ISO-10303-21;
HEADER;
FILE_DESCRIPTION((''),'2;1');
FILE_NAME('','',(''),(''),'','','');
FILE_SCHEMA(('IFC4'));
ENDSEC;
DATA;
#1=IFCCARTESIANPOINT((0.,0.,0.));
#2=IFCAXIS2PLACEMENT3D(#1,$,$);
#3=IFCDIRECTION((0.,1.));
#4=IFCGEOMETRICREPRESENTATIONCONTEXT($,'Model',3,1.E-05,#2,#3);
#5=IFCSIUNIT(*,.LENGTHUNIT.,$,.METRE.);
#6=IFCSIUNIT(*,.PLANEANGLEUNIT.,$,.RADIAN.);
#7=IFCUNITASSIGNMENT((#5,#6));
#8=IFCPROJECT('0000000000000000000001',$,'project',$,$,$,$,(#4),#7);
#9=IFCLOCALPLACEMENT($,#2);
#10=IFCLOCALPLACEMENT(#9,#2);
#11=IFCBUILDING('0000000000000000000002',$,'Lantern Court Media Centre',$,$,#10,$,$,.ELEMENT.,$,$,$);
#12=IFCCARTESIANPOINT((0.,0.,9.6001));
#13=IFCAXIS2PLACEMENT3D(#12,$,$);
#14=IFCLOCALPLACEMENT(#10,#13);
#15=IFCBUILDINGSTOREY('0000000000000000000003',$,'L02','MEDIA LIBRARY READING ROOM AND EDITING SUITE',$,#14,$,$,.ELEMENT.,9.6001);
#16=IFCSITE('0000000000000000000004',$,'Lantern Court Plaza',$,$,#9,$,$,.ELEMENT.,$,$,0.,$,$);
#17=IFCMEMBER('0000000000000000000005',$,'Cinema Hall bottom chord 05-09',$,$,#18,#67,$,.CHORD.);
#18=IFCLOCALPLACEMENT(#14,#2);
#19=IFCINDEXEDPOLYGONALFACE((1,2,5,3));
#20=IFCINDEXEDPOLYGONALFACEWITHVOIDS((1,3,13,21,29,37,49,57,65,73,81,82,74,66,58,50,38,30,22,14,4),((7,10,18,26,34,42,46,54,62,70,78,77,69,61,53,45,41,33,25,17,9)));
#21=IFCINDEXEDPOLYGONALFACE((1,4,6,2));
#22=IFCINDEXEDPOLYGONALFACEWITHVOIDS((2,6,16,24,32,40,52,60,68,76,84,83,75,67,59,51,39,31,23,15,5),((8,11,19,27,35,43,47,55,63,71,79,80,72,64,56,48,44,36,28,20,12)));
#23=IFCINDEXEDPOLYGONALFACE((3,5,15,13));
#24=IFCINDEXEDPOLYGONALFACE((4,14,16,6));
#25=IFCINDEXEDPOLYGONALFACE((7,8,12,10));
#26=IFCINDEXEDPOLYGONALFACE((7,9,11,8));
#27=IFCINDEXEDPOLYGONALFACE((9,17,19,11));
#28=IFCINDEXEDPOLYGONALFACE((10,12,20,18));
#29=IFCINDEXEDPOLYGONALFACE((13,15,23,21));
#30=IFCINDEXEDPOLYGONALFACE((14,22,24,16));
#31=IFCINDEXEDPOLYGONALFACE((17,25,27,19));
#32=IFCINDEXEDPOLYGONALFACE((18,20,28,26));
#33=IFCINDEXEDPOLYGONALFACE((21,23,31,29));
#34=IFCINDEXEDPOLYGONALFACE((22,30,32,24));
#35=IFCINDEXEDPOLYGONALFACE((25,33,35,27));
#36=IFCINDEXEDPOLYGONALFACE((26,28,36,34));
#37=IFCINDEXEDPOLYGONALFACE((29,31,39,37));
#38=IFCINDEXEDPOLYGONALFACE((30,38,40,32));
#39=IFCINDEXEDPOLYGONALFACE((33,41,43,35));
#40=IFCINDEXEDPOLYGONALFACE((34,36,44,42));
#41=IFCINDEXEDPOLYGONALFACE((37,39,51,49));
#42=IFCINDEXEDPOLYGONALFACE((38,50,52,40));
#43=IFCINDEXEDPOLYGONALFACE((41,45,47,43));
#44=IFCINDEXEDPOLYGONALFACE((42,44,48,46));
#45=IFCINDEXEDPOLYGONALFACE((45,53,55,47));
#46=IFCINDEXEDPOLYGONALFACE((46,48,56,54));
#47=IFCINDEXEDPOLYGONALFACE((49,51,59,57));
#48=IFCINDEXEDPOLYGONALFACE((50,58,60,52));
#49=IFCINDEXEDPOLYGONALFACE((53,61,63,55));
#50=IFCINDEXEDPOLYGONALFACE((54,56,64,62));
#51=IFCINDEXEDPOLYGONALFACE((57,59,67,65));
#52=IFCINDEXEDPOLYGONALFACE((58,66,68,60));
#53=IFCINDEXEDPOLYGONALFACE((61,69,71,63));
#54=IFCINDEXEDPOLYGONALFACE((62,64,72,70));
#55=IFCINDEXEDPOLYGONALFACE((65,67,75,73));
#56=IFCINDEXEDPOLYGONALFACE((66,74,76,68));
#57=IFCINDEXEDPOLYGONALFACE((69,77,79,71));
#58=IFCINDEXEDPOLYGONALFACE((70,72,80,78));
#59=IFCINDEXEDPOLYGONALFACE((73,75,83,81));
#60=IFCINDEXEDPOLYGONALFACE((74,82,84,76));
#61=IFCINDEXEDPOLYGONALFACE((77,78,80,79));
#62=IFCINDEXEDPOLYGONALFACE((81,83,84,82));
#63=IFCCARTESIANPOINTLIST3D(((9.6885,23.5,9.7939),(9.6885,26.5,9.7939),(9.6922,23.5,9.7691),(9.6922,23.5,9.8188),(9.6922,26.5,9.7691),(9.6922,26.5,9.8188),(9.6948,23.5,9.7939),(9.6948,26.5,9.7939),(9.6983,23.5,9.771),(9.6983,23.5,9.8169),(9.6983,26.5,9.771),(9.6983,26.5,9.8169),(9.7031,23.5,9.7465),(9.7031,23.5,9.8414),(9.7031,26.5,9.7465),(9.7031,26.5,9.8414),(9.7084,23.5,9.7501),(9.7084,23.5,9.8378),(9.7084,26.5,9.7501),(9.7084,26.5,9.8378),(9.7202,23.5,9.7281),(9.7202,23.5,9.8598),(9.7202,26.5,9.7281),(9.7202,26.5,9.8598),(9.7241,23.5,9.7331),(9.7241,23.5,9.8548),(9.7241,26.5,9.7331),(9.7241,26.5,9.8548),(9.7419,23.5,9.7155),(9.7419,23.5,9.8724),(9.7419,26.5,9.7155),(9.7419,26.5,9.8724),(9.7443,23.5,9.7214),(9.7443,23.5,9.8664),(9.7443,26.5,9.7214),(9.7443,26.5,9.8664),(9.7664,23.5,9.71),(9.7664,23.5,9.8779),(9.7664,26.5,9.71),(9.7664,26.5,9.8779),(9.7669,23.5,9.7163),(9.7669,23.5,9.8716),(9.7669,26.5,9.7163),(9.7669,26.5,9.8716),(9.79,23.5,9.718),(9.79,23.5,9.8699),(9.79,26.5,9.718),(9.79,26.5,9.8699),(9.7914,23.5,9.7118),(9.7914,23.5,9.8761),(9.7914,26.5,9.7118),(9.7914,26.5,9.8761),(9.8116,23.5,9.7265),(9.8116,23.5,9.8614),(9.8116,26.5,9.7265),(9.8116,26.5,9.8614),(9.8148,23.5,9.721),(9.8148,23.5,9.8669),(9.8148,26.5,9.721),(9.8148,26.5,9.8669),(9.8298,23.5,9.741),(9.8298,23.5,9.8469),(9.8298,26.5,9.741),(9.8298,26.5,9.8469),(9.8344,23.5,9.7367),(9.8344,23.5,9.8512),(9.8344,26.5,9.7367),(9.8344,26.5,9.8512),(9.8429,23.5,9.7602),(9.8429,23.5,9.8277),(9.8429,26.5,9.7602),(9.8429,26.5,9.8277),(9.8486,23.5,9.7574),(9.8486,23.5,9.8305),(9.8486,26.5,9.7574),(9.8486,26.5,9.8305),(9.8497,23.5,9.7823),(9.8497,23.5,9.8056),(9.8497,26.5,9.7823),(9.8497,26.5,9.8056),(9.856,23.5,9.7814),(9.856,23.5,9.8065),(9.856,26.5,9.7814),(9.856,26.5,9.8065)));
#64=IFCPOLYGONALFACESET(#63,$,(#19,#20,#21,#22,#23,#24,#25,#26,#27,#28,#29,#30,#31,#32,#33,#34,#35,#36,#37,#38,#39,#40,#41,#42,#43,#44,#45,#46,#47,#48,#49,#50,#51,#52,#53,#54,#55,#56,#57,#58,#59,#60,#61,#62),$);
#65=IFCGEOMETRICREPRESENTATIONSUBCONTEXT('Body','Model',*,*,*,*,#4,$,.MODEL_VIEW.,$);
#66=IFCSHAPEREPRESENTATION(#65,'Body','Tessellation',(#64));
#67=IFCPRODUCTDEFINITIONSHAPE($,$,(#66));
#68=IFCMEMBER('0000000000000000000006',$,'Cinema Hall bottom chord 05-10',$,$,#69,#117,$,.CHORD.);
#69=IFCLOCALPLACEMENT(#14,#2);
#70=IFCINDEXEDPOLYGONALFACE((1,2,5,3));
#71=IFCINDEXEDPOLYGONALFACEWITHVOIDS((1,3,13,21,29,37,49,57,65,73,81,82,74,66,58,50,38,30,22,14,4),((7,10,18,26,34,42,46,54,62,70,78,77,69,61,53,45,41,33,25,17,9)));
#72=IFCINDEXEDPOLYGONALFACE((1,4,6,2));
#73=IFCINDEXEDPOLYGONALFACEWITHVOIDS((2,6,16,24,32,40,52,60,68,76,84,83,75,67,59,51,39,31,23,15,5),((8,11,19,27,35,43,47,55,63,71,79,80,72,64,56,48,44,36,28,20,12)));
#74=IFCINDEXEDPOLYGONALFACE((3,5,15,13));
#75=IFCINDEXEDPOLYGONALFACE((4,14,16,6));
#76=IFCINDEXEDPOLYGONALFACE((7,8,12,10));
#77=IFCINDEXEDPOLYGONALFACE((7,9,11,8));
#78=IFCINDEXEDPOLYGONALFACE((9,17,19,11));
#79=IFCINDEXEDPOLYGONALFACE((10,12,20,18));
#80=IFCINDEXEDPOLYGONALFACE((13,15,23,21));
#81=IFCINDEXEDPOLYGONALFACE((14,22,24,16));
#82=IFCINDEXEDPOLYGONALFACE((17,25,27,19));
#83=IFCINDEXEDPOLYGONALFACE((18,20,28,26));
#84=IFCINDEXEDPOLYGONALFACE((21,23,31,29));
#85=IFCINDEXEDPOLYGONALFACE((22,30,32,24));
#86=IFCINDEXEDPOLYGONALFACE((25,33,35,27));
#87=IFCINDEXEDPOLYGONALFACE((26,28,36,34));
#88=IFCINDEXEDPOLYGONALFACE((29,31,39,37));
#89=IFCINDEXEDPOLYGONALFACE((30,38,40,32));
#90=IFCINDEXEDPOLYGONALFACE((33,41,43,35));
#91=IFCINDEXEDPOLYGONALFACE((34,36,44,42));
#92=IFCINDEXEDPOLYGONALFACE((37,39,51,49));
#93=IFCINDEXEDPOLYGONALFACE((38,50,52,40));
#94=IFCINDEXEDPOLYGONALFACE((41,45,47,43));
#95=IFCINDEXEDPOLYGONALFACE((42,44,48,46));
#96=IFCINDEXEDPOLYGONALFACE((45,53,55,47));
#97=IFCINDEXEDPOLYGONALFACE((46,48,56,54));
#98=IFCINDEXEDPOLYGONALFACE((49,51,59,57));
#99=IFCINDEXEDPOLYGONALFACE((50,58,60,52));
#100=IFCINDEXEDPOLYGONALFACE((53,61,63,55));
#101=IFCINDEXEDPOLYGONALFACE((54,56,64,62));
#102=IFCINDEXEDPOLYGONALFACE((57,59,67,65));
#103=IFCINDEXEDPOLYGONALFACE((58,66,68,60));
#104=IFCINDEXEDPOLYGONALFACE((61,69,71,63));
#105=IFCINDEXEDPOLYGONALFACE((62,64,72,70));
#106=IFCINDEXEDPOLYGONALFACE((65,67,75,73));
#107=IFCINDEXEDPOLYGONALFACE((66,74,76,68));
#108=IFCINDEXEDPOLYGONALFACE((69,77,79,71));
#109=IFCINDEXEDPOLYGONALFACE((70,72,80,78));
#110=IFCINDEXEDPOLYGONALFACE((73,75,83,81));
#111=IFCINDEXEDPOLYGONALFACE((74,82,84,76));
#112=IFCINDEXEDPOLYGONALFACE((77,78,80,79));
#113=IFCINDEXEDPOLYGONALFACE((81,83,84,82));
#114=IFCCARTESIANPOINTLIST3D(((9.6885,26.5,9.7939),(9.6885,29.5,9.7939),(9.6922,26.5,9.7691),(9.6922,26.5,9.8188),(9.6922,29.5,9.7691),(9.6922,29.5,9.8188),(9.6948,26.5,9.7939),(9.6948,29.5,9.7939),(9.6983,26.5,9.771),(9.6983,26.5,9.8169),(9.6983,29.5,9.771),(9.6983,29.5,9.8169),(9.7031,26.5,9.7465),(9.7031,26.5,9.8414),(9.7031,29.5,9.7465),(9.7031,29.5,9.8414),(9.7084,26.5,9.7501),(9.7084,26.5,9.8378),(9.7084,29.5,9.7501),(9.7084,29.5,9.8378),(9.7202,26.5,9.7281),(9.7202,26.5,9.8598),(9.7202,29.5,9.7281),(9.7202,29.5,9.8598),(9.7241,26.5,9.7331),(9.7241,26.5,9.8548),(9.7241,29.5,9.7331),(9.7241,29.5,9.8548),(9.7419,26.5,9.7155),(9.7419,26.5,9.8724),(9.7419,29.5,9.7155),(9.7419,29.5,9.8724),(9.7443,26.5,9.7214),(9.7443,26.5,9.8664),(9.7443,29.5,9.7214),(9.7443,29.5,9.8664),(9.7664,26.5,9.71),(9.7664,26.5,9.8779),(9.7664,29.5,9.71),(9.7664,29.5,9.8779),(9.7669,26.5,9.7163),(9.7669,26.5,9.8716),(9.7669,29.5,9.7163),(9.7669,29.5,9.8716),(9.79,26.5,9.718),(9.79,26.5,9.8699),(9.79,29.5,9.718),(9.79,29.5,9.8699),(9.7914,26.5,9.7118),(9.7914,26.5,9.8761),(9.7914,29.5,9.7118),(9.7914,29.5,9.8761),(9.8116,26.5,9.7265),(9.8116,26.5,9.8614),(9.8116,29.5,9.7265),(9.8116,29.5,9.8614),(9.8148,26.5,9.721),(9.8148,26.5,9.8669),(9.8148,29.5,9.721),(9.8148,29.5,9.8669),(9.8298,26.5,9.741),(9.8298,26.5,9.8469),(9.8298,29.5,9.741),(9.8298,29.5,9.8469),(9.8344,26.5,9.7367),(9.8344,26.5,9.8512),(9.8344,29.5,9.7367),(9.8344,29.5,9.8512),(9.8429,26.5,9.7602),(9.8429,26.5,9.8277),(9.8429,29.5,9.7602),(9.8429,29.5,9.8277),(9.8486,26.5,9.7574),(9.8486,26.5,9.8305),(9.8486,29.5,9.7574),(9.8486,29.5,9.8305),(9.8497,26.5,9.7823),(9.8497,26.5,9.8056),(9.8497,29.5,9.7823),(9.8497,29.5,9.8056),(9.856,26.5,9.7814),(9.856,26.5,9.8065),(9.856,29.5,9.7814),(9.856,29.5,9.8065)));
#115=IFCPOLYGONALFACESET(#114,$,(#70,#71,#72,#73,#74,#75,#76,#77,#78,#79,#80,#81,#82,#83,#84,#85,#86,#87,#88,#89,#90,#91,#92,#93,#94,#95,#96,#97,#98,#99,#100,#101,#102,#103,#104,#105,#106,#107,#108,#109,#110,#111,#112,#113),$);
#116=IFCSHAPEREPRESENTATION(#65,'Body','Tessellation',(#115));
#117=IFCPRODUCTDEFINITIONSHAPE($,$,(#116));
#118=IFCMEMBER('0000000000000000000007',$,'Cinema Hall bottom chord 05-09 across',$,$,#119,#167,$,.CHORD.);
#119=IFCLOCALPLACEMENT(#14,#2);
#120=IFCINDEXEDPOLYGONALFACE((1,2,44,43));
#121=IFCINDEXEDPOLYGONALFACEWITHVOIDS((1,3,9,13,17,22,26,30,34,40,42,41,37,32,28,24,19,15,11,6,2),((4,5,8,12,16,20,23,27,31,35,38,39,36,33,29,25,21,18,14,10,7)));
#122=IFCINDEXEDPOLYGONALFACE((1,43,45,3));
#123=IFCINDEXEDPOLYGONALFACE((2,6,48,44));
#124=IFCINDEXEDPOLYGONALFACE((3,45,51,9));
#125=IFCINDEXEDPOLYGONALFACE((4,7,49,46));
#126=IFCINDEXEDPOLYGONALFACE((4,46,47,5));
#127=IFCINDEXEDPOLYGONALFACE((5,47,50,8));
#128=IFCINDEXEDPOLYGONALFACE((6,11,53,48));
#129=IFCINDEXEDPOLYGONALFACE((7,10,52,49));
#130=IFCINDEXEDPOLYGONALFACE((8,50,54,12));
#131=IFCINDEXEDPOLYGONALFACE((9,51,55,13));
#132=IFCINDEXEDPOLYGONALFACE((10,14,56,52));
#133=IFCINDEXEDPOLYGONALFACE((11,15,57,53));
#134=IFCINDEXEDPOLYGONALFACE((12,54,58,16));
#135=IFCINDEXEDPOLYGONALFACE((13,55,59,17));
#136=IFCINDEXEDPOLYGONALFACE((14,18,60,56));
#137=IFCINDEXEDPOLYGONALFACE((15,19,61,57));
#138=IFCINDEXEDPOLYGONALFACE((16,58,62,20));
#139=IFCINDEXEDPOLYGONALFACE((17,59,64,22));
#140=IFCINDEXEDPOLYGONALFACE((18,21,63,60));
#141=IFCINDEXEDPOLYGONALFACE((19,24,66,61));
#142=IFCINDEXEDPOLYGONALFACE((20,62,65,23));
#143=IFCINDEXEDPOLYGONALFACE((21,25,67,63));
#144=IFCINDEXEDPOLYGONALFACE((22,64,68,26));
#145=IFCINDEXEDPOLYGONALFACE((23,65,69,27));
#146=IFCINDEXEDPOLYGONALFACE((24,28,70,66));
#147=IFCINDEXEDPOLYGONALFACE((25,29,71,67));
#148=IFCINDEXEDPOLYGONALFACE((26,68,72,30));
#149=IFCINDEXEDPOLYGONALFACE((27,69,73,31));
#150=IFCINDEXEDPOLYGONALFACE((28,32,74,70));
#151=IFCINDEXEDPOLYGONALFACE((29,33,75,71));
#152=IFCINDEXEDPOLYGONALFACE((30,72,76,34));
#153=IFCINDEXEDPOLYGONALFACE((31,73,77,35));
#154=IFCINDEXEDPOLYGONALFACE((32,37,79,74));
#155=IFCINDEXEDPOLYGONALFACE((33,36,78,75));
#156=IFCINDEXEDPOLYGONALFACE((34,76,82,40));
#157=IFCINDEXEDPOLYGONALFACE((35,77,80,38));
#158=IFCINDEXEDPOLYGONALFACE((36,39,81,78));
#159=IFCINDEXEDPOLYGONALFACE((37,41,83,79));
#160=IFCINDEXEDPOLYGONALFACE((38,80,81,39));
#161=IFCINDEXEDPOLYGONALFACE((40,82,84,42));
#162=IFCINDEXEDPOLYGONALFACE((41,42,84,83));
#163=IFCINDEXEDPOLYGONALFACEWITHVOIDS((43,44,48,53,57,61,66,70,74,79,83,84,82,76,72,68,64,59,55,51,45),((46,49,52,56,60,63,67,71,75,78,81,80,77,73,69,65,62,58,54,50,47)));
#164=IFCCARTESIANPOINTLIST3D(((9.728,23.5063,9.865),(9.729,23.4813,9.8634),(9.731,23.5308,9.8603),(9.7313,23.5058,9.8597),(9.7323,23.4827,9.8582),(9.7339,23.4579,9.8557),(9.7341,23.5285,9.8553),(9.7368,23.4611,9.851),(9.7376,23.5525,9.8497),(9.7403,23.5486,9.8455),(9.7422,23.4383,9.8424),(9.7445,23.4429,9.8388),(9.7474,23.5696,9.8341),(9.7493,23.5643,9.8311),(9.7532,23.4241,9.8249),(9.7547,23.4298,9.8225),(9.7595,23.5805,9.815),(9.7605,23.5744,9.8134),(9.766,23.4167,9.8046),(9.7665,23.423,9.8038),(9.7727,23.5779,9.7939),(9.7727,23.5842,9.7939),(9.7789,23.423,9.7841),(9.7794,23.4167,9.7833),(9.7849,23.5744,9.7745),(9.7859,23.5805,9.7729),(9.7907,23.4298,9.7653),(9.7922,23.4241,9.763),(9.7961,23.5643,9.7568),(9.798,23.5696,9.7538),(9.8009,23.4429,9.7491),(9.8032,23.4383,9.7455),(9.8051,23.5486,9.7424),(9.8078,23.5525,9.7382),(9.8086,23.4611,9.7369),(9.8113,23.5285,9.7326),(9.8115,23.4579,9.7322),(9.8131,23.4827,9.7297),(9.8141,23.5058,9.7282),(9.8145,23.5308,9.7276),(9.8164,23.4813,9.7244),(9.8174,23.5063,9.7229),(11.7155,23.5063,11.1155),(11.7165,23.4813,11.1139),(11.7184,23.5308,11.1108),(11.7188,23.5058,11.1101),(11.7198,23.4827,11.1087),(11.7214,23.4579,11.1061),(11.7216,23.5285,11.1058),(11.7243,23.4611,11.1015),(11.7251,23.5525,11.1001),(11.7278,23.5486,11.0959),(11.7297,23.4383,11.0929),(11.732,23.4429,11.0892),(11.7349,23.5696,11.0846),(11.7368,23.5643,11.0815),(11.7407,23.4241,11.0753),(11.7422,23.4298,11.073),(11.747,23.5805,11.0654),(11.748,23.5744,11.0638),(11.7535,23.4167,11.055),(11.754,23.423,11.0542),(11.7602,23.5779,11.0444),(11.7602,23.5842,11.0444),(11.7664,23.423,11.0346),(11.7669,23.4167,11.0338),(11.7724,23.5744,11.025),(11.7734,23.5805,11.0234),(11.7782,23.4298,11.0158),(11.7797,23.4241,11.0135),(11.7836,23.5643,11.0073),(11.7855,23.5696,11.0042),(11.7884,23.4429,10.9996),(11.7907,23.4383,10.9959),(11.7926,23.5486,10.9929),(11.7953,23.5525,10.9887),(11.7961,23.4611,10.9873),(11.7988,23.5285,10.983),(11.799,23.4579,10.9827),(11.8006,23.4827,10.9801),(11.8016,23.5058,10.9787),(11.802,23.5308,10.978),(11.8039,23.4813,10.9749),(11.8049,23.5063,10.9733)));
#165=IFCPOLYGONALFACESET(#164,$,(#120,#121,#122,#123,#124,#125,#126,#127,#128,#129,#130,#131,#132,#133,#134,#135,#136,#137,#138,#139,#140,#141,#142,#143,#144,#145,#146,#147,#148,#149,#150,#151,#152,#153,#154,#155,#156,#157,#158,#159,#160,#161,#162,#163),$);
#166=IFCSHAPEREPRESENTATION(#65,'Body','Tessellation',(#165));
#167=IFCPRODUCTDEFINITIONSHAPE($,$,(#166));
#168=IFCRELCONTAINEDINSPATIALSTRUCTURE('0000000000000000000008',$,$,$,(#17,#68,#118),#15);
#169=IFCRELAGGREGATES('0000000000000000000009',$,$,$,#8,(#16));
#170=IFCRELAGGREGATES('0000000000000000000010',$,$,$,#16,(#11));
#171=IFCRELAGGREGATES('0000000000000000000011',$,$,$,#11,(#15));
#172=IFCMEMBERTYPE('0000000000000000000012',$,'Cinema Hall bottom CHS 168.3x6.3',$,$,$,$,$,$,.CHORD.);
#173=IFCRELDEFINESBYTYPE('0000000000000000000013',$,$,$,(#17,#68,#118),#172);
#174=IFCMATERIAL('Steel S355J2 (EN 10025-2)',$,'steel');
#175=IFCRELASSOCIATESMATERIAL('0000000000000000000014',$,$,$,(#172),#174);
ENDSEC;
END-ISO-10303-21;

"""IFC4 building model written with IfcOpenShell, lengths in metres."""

from ifc_helpers import new_model, si_unit, direction, frame, origin, origin_2d, place, context, subcontext, project, spatial, hollow_circle, extrude, material, material_profile, profile_set, type_object, element, save


model = new_model("IFC4")

# Units and contexts
model_context = context("Model", 3, precision=1e-05, world=origin(), true_north=direction((0.0, 1.0)))
body_context = subcontext(model_context, "Body", "Model", "MODEL_VIEW")
ifc_project = project(units=[si_unit("LENGTHUNIT", "METRE"), si_unit("PLANEANGLEUNIT", "RADIAN")], contexts=[model_context])

# Site, building, storey
site_placement = place(None, origin())
site = spatial("IfcSite", under=ifc_project, at=site_placement, Name="Lantern Court Plaza", CompositionType="ELEMENT", RefElevation=0.0)
building_placement = place(site_placement, origin())
building = spatial("IfcBuilding", under=site, at=building_placement, Name="Lantern Court Media Centre", CompositionType="ELEMENT")
storey_placement = place(building_placement, frame((0.0, 0.0, 9.6001)))
storey = spatial("IfcBuildingStorey", under=building, at=storey_placement, Name="L02", Description="MEDIA LIBRARY READING ROOM AND EDITING SUITE", CompositionType="ELEMENT", Elevation=9.6001)

# Members
ifc_material = material(Name="Steel S355J2 (EN 10025-2)", Category="steel")
ifc_material_profile_1 = material_profile(ifc_material, hollow_circle(Radius=0.0842, WallThickness=0.0063, at=origin_2d()), Name="Cinema Hall bottom CHS 168.3x6.3")
ifc_profile_set_1 = profile_set([ifc_material_profile_1], Name="Steel S355J2 (EN 10025-2)")
member_type_1 = type_object("IfcMemberType", Name="Cinema Hall bottom CHS 168.3x6.3", PredefinedType="CHORD", material=ifc_profile_set_1)
for number, where, z_axis, x_axis, name in (
    (1, (9.7727, 23.5, 9.7939), (0.0, 1.0, 0.0), (-1.0, 0.0, 0.0), "Cinema Hall bottom chord 05-09"),
    (2, (9.7727, 26.5, 9.7939), (0.0, 1.0, 0.0), (-1.0, 0.0, 0.0), "Cinema Hall bottom chord 05-10"),
):
    element("IfcMember", number, at=place(storey_placement, frame(where, z_axis=z_axis, x_axis=x_axis)), inside=storey, type_object=member_type_1, Name=name, PredefinedType="CHORD", context=body_context, shape_type="SweptSolid", body=[
        extrude(hollow_circle(Radius=0.0842, WallThickness=0.0063, at=origin_2d()), origin(), (0.0, 0.0, 1.0), 3.0),
    ])
member_1_placement = place(storey_placement, frame((9.7727, 23.5, 9.7939), z_axis=(0.846412, 0.0, 0.532529), x_axis=(0.0, 1.0, 0.0)))
element("IfcMember", 3, at=member_1_placement, inside=storey, type_object=member_type_1, Name="Cinema Hall bottom chord 05-09 across", PredefinedType="CHORD", context=body_context, shape_type="SweptSolid", body=[
    extrude(hollow_circle(Radius=0.0842, WallThickness=0.0063, at=origin_2d()), origin(), (0.0, 0.0, 1.0), 2.3481),
])

save(model, "model.ifc")
